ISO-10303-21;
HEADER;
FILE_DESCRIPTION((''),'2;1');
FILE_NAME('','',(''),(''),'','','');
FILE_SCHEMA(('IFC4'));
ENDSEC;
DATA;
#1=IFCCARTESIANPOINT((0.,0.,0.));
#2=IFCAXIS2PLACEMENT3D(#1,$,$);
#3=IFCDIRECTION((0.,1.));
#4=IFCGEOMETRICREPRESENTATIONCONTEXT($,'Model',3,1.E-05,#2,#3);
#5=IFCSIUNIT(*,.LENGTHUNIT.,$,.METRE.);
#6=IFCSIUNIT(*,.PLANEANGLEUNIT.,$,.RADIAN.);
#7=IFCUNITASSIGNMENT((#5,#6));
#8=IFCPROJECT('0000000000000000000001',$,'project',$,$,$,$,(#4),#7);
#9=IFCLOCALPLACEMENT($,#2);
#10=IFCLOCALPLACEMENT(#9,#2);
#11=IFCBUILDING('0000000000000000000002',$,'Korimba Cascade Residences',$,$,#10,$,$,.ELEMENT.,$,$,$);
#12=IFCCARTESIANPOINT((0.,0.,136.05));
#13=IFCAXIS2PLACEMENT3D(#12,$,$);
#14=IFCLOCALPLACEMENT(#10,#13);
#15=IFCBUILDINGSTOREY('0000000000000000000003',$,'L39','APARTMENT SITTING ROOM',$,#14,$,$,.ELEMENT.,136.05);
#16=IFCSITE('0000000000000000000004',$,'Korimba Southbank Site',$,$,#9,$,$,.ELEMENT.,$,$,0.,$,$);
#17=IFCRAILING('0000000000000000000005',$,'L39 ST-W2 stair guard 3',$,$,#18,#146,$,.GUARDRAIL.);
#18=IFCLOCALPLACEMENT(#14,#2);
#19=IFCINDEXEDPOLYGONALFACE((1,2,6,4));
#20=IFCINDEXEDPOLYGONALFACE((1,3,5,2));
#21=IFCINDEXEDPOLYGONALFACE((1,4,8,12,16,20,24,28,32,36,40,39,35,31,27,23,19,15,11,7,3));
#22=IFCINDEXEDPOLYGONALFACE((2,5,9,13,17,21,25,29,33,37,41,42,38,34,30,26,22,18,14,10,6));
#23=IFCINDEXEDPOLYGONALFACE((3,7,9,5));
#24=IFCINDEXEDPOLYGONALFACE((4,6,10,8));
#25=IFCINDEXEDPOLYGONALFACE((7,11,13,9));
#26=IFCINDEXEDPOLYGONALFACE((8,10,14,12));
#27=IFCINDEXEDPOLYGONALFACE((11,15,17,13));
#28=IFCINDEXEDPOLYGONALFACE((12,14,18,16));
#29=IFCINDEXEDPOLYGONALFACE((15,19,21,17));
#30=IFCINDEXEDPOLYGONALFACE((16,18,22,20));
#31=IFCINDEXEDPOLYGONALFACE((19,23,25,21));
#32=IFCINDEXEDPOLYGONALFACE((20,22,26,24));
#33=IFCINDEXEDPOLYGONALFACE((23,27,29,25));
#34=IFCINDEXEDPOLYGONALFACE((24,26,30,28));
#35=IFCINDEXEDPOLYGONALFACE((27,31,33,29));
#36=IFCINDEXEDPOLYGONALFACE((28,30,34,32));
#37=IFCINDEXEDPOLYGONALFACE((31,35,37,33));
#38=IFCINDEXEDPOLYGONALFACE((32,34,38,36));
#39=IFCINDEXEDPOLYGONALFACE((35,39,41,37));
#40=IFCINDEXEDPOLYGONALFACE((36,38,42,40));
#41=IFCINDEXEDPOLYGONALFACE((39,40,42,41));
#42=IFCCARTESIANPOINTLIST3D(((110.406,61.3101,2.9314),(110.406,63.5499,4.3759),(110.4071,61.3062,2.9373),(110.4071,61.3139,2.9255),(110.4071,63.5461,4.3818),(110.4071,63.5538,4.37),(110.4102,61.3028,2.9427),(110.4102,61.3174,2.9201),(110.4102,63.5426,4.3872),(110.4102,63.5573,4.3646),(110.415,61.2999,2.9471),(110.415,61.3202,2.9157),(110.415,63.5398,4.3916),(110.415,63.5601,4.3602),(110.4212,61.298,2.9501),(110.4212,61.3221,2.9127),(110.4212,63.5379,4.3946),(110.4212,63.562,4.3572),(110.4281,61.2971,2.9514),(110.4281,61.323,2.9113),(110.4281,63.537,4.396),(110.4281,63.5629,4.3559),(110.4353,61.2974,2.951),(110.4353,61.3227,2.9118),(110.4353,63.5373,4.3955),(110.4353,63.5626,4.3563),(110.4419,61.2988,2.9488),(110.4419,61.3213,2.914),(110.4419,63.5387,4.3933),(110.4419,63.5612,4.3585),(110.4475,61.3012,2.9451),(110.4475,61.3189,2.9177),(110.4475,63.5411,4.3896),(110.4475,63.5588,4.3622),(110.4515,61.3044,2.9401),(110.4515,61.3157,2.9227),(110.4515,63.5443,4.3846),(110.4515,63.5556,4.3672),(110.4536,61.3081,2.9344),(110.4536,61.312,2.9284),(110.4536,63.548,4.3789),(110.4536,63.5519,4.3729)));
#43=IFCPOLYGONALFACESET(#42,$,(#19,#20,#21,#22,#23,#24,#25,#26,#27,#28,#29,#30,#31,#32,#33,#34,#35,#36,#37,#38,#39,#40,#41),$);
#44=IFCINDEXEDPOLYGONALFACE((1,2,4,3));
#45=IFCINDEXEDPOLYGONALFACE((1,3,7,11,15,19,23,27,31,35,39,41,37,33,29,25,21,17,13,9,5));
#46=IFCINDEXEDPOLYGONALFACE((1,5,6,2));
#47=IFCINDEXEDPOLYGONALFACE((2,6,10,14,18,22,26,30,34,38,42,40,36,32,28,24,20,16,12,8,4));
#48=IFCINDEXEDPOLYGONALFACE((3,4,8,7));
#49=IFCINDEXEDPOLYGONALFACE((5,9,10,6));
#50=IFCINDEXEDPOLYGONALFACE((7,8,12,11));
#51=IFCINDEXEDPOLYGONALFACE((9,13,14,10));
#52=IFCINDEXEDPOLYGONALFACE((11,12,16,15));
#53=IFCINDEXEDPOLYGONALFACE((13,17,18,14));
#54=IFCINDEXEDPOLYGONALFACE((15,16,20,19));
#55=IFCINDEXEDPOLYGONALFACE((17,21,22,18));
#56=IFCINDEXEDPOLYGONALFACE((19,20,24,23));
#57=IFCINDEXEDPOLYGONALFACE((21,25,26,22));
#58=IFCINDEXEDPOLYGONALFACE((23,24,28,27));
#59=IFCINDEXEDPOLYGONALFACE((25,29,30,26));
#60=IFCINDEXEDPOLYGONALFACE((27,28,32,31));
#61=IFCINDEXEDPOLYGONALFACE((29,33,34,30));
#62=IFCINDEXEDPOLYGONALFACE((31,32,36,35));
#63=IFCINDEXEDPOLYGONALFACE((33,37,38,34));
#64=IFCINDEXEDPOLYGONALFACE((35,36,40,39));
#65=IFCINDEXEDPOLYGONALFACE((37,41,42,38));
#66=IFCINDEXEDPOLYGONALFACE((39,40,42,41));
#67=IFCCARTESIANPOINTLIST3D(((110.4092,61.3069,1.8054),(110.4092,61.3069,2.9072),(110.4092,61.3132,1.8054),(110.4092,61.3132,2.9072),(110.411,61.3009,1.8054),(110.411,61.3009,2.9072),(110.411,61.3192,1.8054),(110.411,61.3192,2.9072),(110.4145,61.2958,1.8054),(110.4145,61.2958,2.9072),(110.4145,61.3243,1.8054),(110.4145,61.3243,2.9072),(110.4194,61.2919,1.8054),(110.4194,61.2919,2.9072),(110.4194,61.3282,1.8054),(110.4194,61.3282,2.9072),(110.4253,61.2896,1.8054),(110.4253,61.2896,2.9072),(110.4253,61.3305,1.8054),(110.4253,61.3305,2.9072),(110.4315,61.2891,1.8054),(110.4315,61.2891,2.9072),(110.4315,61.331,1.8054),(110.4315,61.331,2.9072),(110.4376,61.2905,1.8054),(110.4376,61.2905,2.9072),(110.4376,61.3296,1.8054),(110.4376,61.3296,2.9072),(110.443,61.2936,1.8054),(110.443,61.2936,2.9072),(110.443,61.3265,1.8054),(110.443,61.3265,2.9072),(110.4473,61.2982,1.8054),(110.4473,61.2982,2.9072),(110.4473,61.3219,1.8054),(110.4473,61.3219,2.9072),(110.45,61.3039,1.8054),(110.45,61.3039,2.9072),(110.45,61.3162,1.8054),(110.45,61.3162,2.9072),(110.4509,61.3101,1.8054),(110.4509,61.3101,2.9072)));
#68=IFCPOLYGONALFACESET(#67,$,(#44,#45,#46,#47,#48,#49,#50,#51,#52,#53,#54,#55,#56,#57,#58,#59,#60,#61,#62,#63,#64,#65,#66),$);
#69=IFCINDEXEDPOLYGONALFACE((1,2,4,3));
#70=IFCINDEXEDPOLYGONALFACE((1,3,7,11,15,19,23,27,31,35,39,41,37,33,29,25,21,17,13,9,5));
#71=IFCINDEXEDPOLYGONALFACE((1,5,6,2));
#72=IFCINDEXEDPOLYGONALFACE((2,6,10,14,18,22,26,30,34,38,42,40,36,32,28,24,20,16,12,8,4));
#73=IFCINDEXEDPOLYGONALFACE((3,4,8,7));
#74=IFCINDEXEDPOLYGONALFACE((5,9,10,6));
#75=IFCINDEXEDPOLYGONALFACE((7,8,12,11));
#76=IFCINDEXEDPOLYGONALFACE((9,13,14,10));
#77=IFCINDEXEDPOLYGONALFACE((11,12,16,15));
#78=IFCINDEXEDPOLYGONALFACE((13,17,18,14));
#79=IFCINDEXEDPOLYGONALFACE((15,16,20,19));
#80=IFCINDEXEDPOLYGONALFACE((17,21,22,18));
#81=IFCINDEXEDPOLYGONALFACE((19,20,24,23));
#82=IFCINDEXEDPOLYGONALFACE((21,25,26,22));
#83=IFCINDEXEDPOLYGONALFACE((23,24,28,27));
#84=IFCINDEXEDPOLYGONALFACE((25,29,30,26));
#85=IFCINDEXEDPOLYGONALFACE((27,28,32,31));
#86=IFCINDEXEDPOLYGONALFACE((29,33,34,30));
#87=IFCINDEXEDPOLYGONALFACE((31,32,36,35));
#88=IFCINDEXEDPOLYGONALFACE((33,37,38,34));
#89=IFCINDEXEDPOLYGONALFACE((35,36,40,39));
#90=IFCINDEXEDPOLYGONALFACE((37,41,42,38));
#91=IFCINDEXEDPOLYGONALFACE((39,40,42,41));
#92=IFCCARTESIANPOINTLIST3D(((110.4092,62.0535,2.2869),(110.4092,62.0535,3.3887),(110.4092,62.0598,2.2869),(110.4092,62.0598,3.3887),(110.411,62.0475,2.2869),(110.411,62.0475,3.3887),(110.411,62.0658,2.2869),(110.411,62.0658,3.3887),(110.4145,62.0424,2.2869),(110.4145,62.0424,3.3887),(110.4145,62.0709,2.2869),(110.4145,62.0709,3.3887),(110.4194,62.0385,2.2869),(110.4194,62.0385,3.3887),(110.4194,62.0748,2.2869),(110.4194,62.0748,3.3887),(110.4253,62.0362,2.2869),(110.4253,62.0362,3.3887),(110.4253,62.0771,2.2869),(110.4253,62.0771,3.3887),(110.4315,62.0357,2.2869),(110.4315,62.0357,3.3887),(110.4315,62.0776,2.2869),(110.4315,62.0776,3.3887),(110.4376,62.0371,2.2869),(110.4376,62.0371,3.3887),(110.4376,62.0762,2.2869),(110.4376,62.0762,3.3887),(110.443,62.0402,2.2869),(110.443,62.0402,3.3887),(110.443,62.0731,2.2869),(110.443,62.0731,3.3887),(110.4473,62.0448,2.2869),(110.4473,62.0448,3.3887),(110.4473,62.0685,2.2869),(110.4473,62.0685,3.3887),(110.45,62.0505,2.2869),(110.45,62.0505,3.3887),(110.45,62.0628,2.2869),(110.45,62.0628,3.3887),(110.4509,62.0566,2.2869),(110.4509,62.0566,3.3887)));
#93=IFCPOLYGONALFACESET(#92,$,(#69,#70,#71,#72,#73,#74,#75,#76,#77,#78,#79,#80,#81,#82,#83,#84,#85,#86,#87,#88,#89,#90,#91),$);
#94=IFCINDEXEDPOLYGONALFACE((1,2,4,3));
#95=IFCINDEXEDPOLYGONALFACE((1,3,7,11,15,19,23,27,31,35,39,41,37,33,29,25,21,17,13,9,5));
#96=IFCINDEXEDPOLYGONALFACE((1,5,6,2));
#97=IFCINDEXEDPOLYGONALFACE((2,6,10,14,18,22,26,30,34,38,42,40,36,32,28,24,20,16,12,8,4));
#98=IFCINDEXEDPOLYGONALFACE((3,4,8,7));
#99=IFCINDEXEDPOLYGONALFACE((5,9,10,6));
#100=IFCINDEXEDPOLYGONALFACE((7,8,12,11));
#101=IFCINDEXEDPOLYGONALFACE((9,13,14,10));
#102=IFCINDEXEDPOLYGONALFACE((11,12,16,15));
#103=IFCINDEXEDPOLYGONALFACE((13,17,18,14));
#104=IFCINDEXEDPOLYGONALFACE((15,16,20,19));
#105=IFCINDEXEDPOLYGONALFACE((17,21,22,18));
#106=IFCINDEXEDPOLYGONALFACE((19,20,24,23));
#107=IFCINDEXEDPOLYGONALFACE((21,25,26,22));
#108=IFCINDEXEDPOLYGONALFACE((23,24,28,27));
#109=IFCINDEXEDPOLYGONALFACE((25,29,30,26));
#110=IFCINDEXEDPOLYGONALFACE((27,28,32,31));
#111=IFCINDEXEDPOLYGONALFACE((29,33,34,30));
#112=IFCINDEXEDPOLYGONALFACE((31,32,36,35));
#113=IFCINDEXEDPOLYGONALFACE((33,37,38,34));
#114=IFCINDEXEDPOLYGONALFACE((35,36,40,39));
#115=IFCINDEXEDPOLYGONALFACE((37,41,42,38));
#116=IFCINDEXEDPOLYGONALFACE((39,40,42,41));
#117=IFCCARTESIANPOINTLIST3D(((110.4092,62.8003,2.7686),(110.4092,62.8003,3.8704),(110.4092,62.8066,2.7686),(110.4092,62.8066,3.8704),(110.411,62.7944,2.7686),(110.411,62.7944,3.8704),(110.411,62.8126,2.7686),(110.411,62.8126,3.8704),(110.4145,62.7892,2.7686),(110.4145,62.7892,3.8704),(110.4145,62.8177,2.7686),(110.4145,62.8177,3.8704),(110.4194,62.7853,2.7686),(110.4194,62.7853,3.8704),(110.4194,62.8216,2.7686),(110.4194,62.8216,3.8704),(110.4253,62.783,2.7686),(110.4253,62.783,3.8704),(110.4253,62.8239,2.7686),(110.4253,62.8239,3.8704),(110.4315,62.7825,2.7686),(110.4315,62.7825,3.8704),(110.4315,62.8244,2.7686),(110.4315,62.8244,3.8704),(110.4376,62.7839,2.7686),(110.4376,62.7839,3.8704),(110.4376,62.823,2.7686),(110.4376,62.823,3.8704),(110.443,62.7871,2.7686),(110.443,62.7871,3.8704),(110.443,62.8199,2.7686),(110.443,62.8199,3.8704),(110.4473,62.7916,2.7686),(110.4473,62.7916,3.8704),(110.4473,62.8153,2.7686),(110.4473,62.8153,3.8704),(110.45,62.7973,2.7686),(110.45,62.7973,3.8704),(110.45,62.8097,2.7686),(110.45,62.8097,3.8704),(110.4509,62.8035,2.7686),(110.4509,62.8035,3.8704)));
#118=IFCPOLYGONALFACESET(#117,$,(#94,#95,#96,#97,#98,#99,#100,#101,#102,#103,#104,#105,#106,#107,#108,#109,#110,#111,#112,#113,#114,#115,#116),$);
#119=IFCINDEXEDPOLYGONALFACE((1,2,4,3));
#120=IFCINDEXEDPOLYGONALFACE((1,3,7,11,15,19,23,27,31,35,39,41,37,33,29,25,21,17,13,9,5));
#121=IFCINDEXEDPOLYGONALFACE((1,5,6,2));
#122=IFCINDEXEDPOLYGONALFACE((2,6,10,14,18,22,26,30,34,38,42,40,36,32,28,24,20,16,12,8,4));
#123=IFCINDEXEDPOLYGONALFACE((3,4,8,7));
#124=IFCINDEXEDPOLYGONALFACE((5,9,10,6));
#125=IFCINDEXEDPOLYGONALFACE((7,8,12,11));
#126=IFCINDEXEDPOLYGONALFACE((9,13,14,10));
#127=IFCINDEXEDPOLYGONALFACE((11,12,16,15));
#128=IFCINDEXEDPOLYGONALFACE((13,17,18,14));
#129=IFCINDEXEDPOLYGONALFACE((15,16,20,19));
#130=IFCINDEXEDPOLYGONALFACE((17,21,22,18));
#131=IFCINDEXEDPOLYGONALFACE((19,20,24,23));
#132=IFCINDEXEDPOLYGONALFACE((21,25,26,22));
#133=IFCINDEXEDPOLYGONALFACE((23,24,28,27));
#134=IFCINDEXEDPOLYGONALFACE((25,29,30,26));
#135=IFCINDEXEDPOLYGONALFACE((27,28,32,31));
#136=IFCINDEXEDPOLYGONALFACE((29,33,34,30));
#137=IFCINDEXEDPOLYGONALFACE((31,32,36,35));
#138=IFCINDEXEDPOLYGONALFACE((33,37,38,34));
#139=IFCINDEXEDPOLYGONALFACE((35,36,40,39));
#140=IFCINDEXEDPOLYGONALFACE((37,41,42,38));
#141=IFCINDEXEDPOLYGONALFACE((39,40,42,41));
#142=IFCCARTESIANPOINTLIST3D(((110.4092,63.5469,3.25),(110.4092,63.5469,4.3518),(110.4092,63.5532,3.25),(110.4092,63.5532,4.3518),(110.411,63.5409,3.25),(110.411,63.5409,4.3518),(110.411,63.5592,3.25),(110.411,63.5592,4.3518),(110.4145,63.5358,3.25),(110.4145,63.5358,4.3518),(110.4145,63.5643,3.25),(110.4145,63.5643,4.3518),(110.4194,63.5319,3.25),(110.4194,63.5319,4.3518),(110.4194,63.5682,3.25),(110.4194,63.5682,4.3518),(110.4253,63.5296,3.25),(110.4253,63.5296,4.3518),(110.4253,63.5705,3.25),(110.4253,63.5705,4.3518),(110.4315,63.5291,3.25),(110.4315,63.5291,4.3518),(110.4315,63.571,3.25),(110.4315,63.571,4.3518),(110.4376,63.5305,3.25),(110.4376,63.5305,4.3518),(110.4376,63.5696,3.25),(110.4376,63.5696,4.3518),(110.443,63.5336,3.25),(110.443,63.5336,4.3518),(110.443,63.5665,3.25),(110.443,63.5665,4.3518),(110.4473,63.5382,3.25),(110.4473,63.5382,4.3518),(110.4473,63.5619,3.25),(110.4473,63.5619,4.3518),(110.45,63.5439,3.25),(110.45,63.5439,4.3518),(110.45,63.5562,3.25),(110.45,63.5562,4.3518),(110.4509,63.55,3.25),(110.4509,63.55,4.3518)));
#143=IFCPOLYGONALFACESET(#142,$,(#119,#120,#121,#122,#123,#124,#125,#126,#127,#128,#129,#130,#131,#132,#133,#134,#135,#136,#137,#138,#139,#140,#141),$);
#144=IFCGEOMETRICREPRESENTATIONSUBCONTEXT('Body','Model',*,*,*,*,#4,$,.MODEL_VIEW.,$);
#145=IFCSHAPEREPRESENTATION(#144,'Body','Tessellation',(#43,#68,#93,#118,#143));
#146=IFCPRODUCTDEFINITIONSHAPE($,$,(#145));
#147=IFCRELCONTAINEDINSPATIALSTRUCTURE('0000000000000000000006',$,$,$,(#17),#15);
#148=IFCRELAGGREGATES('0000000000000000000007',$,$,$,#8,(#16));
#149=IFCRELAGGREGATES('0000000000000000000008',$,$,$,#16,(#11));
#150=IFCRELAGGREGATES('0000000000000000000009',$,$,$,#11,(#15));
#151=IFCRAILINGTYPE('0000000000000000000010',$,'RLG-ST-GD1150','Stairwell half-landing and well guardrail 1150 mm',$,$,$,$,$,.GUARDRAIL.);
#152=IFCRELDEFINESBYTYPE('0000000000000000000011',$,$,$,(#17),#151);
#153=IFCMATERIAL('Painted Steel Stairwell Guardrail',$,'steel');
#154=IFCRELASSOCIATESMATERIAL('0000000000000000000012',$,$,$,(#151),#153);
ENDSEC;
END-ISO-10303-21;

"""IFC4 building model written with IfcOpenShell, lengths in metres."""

from ifc_helpers import new_model, si_unit, direction, frame, origin, origin_2d, place, context, subcontext, project, spatial, circle, extrude, material, type_object, element, save


model = new_model("IFC4")

# Units and contexts
model_context = context("Model", 3, precision=1e-05, world=origin(), true_north=direction((0.0, 1.0)))
body_context = subcontext(model_context, "Body", "Model", "MODEL_VIEW")
ifc_project = project(units=[si_unit("LENGTHUNIT", "METRE"), si_unit("PLANEANGLEUNIT", "RADIAN")], contexts=[model_context])

# Site, building, storey
site_placement = place(None, origin())
site = spatial("IfcSite", under=ifc_project, at=site_placement, Name="Korimba Southbank Site", CompositionType="ELEMENT", RefElevation=0.0)
building_placement = place(site_placement, origin())
building = spatial("IfcBuilding", under=site, at=building_placement, Name="Korimba Cascade Residences", CompositionType="ELEMENT")
storey_placement = place(building_placement, frame((0.0, 0.0, 136.05)))
storey = spatial("IfcBuildingStorey", under=building, at=storey_placement, Name="L39", Description="APARTMENT SITTING ROOM", CompositionType="ELEMENT", Elevation=136.05)

# Railing
ifc_material_1 = material(Name="Painted Steel Stairwell Guardrail", Category="steel")
railing_type_1 = type_object("IfcRailingType", Name="RLG-ST-GD1150", Description="Stairwell half-landing and well guardrail 1150 mm", PredefinedType="GUARDRAIL", material=ifc_material_1)
railing_1_placement = place(storey_placement, frame((110.4299, 61.3101, 1.8054)))
element("IfcRailing", 1, at=railing_1_placement, inside=storey, type_object=railing_type_1, Name="L39 ST-W2 stair guard 3", PredefinedType="GUARDRAIL", context=body_context, shape_type="SweptSolid", body=[
    extrude(circle(Radius=0.0239, at=origin_2d()), frame((0.0, 0.0, 1.126), z_axis=(0.0, 0.840395, 0.541975), x_axis=(-1.0, 0.0, 0.0)), (0.0, 0.0, 1.0), 2.6653),
    extrude(circle(Radius=0.021, at=origin_2d()), origin(), (0.0, 0.0, 1.0), 1.1018),
    extrude(circle(Radius=0.021, at=origin_2d()), frame((0.0, 0.7466, 0.4814)), (0.0, 0.0, 1.0), 1.1018),
    extrude(circle(Radius=0.021, at=origin_2d()), frame((0.0, 1.4934, 0.9631)), (0.0, 0.0, 1.0), 1.1018),
    extrude(circle(Radius=0.021, at=origin_2d()), frame((0.0, 2.24, 1.4446)), (0.0, 0.0, 1.0), 1.1018),
])

save(model, "model.ifc")
